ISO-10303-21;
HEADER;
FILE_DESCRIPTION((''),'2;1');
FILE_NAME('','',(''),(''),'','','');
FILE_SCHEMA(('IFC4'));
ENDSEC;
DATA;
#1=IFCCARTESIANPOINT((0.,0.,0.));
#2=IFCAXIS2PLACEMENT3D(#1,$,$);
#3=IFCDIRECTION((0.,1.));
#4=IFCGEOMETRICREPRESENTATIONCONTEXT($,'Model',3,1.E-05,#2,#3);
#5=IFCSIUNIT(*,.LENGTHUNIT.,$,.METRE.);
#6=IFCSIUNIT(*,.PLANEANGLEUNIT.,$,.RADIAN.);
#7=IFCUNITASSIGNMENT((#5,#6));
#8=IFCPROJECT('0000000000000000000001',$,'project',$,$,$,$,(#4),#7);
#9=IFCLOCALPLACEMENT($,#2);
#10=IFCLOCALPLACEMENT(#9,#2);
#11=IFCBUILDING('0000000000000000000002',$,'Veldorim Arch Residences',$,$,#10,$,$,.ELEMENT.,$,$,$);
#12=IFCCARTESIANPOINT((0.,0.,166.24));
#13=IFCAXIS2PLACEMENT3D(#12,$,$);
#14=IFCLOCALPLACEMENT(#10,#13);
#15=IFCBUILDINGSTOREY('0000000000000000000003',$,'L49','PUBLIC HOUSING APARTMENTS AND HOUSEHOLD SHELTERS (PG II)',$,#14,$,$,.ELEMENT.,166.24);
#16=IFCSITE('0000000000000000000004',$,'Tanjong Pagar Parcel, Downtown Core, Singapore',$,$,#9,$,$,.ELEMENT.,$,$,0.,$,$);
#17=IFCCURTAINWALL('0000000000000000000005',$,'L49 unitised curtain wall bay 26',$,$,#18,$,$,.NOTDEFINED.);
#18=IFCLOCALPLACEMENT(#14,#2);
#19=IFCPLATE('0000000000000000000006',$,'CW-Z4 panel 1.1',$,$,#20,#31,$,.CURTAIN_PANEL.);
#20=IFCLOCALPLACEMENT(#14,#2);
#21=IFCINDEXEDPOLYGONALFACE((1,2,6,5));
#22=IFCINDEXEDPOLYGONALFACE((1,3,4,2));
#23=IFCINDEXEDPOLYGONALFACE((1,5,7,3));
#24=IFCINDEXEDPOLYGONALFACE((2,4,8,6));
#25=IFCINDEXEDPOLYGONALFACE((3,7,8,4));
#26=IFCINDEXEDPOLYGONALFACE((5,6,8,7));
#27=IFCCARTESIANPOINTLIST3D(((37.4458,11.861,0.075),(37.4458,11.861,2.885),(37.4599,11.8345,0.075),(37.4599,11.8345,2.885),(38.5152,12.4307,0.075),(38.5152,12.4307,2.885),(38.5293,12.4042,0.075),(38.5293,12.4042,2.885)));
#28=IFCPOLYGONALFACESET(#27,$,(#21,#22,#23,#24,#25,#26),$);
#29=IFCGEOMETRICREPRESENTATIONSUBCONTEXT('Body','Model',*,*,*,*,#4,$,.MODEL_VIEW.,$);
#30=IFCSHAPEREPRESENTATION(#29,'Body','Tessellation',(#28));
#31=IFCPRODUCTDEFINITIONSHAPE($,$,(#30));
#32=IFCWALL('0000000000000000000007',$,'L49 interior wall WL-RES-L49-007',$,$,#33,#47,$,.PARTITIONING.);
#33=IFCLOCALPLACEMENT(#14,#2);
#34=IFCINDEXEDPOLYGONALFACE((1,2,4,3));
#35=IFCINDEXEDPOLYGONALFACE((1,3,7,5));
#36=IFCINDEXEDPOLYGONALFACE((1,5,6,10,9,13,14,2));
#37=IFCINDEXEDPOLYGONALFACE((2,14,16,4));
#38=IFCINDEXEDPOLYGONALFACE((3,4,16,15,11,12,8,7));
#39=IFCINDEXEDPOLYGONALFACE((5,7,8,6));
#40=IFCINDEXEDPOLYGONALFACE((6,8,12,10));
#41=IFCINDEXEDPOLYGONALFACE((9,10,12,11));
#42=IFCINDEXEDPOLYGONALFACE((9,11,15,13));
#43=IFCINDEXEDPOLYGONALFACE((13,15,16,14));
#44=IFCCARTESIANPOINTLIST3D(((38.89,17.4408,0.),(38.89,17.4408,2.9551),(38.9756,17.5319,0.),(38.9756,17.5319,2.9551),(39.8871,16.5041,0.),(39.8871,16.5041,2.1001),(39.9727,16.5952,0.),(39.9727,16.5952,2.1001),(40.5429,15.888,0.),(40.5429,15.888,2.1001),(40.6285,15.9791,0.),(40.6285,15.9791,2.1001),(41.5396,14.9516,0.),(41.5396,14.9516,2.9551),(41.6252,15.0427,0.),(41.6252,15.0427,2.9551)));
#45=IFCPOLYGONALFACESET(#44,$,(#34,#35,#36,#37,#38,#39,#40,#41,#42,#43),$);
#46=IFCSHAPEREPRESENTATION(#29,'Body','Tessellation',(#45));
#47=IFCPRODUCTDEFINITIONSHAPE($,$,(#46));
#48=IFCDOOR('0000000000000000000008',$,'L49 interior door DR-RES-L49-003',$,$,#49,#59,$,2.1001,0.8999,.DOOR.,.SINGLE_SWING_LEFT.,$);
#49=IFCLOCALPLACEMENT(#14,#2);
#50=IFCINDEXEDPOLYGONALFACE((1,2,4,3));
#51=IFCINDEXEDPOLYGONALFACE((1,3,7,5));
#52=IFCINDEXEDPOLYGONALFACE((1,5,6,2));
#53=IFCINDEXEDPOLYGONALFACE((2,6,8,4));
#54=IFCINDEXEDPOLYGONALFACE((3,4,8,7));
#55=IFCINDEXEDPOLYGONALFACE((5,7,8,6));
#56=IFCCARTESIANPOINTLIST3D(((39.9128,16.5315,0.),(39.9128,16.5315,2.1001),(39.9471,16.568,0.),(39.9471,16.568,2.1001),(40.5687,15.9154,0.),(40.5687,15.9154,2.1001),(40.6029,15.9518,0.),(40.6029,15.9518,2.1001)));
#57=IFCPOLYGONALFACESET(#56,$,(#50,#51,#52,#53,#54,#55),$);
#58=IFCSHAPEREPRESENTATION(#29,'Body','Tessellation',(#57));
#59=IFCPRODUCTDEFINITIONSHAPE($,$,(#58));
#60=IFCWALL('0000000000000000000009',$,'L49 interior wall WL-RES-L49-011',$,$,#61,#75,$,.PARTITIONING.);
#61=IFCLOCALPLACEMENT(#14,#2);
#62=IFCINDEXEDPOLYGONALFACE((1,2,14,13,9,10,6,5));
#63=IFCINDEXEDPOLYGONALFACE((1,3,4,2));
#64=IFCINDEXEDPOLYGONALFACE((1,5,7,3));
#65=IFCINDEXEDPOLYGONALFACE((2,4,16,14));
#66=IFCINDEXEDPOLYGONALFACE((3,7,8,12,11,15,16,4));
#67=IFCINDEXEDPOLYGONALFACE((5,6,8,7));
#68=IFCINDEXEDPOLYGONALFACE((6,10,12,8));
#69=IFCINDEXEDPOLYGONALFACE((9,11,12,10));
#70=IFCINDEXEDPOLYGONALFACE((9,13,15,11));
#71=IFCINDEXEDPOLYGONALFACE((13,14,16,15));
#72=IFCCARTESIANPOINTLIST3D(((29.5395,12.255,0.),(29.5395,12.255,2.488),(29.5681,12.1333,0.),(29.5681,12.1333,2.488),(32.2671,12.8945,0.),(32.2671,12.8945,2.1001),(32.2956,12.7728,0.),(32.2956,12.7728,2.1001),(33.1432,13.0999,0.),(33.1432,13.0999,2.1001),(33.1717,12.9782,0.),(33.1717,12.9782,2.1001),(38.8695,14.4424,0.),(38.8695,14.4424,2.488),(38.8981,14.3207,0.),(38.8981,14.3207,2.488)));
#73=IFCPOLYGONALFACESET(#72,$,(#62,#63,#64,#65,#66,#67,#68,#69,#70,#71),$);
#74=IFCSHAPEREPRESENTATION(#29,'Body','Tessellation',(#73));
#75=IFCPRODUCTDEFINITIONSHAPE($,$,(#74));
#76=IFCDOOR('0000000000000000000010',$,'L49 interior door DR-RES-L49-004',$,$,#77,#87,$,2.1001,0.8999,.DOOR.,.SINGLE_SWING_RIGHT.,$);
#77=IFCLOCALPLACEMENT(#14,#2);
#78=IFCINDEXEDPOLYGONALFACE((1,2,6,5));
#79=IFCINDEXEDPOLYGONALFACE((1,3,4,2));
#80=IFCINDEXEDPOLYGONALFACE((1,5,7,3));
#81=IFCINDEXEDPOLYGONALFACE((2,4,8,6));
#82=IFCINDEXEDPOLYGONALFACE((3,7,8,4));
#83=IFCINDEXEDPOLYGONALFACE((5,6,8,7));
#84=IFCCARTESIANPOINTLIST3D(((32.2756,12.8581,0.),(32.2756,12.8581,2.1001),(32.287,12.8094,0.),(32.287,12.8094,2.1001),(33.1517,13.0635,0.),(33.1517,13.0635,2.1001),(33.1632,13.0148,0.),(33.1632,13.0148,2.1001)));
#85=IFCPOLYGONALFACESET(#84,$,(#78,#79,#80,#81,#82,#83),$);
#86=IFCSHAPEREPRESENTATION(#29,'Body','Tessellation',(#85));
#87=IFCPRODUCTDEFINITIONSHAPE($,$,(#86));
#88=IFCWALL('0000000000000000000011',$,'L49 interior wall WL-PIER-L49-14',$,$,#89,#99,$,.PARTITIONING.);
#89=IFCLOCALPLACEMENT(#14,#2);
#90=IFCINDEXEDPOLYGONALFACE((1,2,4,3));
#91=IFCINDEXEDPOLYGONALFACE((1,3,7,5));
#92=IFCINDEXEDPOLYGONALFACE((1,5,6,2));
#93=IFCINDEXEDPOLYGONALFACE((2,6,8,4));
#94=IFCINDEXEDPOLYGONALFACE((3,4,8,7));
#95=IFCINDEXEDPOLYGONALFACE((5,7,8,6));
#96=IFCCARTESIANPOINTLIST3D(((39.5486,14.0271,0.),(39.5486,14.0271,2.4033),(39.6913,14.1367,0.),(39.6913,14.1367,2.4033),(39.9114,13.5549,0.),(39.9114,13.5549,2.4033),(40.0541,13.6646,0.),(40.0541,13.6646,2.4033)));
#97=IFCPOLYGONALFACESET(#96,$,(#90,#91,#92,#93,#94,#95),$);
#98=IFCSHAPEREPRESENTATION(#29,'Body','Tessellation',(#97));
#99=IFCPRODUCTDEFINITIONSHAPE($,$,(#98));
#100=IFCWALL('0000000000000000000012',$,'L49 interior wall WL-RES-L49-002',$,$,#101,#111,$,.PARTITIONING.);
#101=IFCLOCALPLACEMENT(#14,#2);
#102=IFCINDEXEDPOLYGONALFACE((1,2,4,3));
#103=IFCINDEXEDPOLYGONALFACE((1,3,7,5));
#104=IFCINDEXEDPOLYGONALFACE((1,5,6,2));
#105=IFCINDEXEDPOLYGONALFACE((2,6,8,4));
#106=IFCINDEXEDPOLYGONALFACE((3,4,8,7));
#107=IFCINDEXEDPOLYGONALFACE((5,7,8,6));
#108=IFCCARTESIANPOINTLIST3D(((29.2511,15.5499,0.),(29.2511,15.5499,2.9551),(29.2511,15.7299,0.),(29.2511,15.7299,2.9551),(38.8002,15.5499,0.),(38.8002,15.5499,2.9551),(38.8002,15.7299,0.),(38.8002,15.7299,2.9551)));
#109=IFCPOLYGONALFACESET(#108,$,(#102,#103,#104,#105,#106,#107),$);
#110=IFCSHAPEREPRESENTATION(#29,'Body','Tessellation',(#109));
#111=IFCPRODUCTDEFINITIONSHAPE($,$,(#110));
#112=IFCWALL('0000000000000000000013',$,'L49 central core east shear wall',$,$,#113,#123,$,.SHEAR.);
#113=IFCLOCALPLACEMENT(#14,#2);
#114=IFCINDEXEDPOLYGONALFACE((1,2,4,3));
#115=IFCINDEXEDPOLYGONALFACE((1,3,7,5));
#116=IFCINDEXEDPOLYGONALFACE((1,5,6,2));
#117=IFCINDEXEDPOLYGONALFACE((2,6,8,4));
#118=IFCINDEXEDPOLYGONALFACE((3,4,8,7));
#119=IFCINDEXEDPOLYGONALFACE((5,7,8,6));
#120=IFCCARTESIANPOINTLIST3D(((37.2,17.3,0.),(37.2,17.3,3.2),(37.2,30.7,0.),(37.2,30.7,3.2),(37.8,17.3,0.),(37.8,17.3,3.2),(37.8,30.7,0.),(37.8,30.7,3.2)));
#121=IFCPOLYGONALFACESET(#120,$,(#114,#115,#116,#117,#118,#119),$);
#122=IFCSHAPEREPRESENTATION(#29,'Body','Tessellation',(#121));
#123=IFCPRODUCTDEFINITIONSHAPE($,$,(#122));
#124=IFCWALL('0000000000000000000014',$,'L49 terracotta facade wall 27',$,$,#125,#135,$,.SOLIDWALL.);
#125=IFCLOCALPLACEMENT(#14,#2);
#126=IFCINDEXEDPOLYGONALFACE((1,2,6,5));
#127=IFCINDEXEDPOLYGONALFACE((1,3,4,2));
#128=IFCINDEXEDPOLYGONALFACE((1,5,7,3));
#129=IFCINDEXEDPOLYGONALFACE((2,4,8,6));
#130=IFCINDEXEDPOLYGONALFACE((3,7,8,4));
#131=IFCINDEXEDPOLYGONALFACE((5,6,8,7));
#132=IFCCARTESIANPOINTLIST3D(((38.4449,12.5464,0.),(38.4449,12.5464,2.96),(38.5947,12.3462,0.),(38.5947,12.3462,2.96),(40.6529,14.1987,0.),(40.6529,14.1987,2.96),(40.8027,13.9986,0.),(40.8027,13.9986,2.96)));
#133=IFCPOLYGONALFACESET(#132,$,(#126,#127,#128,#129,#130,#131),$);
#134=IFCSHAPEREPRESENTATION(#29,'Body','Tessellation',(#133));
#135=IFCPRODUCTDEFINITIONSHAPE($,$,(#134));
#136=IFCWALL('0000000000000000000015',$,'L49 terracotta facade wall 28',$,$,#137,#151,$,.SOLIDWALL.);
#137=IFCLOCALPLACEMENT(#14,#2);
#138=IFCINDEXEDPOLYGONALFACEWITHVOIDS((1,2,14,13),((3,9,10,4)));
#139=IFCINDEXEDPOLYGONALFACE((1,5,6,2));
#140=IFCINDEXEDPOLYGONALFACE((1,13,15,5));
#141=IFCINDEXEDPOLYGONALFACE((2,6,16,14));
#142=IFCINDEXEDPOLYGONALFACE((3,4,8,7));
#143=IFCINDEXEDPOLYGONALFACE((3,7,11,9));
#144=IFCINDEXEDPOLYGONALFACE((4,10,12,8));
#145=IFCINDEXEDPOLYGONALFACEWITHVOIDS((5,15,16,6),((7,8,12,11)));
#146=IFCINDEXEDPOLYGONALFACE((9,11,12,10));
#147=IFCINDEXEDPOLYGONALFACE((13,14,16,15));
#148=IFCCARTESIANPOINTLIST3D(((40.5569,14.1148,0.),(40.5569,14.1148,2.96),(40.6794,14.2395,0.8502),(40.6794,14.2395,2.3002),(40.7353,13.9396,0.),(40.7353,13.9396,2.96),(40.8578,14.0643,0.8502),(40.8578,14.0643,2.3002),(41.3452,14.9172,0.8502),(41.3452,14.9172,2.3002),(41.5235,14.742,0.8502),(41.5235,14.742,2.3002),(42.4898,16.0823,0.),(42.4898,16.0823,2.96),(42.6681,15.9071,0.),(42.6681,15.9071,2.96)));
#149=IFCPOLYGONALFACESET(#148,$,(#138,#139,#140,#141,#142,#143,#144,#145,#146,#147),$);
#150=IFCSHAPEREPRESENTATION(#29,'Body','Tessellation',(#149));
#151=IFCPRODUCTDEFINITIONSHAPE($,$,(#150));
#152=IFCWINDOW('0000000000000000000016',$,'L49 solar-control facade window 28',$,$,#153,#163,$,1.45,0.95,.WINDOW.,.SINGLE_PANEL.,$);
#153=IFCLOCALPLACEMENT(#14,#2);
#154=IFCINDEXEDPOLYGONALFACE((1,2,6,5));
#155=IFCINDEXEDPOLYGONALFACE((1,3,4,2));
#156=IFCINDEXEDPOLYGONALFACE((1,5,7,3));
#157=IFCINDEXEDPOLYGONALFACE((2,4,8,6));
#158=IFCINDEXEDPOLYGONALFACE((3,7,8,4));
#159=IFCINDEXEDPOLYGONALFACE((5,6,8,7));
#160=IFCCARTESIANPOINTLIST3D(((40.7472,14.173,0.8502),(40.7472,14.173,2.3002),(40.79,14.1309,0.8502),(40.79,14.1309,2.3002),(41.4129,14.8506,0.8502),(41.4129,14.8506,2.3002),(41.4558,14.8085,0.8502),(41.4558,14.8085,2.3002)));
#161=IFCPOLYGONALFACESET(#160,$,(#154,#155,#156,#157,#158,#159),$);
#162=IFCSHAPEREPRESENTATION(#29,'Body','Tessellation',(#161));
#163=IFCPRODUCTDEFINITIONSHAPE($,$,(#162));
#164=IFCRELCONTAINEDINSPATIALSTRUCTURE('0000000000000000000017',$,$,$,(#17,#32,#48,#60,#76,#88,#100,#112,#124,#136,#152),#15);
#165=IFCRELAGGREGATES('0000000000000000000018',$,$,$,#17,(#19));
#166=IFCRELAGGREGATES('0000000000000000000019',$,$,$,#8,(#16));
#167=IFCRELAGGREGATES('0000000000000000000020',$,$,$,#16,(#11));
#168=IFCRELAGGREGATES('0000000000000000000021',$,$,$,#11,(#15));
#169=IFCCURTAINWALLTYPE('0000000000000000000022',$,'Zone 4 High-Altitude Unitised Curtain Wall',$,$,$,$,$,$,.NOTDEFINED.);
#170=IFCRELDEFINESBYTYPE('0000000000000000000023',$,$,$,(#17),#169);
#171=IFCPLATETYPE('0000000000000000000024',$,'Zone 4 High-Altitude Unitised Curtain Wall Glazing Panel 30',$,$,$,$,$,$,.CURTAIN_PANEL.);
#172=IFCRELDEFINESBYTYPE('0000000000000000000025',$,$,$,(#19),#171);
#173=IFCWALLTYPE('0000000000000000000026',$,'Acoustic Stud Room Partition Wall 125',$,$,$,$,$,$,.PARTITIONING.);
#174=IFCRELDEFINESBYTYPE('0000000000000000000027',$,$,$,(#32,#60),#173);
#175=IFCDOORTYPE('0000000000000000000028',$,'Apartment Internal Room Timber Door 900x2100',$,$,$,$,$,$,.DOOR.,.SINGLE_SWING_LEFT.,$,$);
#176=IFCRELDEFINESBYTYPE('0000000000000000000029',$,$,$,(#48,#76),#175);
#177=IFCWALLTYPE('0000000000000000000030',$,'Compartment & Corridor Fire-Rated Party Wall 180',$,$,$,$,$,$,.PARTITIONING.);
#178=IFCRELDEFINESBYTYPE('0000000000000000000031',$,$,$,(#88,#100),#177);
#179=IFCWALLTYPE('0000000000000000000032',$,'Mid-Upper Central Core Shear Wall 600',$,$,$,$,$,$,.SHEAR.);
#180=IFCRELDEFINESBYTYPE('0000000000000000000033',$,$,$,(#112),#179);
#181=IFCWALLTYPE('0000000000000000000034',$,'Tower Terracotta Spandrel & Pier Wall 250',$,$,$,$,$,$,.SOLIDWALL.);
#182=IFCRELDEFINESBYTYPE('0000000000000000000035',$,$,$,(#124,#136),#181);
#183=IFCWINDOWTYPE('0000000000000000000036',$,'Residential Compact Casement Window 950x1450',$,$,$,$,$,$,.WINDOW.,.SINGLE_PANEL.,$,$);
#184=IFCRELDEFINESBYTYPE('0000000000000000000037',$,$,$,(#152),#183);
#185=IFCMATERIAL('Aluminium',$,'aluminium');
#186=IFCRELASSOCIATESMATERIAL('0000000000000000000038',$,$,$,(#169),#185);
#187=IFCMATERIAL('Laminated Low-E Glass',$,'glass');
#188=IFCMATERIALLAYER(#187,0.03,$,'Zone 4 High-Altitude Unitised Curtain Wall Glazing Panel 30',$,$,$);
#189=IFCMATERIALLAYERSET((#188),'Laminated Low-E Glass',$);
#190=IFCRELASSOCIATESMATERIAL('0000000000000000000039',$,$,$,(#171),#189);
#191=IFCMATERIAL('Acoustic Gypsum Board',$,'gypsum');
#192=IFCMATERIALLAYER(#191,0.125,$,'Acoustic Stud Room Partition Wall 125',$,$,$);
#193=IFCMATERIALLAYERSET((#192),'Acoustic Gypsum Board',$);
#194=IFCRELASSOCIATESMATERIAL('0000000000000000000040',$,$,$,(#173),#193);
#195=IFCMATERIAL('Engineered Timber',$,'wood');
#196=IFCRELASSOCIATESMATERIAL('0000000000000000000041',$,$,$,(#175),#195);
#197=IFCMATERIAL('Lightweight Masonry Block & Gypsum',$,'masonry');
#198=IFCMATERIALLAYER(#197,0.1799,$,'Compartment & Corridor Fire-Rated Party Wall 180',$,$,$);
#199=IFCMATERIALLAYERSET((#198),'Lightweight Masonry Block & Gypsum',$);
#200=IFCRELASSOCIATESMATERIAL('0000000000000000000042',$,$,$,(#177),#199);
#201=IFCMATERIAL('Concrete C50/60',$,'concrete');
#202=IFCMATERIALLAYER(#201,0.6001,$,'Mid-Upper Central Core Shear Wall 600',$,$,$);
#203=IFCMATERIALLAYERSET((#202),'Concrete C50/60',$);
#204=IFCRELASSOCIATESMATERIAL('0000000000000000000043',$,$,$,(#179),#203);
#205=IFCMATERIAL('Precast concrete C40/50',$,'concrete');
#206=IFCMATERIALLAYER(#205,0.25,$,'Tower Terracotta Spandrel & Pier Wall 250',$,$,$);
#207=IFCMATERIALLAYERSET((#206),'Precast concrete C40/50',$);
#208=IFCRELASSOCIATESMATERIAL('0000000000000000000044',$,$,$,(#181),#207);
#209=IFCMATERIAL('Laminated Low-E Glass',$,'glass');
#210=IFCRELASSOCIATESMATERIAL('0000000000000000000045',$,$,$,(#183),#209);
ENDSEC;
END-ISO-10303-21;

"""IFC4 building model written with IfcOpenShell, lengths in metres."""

from ifc_helpers import new_model, si_unit, direction, frame, frame_2d, origin, origin_2d, place, context, subcontext, project, spatial, rectangle, extrude, material, layer, layer_set, type_object, element, fill, aggregate, save


model = new_model("IFC4")

# Units and contexts
model_context = context("Model", 3, precision=1e-05, world=origin(), true_north=direction((0.0, 1.0)))
body_context = subcontext(model_context, "Body", "Model", "MODEL_VIEW")
ifc_project = project(units=[si_unit("LENGTHUNIT", "METRE"), si_unit("PLANEANGLEUNIT", "RADIAN")], contexts=[model_context])

# Site, building, storey
site_placement = place(None, origin())
site = spatial("IfcSite", under=ifc_project, at=site_placement, Name="Tanjong Pagar Parcel, Downtown Core, Singapore", CompositionType="ELEMENT", RefElevation=0.0)
building_placement = place(site_placement, origin())
building = spatial("IfcBuilding", under=site, at=building_placement, Name="Veldorim Arch Residences", CompositionType="ELEMENT")
storey_placement = place(building_placement, frame((0.0, 0.0, 166.24)))
storey = spatial("IfcBuildingStorey", under=building, at=storey_placement, Name="L49", Description="PUBLIC HOUSING APARTMENTS AND HOUSEHOLD SHELTERS (PG II)", CompositionType="ELEMENT", Elevation=166.24)

# Curtain wall, plate
ifc_material_1 = material(Name="Aluminium", Category="aluminium")
curtain_wall_type = type_object("IfcCurtainWallType", Name="Zone 4 High-Altitude Unitised Curtain Wall", PredefinedType="NOTDEFINED", material=ifc_material_1)
curtain_wall_placement = place(storey_placement, origin())
curtain_wall = element("IfcCurtainWall", 1, at=curtain_wall_placement, inside=storey, type_object=curtain_wall_type, Name="L49 unitised curtain wall bay 26", PredefinedType="NOTDEFINED")
ifc_material_2 = material(Name="Laminated Low-E Glass", Category="glass")
ifc_layer_1 = layer(ifc_material_2, 0.03, Name="Zone 4 High-Altitude Unitised Curtain Wall Glazing Panel 30")
ifc_layer_set_1 = layer_set([ifc_layer_1], Name="Laminated Low-E Glass")
plate_type = type_object("IfcPlateType", Name="Zone 4 High-Altitude Unitised Curtain Wall Glazing Panel 30", PredefinedType="CURTAIN_PANEL", material=ifc_layer_set_1)
plate_placement = place(storey_placement, frame((37.9875, 12.1326, 0.075), z_axis=(0.0, 0.0, 1.0), x_axis=(-0.882567, -0.470186, 0.0)))
plate = element("IfcPlate", 2, at=plate_placement, type_object=plate_type, Name="CW-Z4 panel 1.1", PredefinedType="CURTAIN_PANEL", context=body_context, shape_type="SweptSolid", body=[
    extrude(rectangle(XDim=1.2117, YDim=0.03, at=origin_2d()), origin(), (0.0, 0.0, 1.0), 2.8101),
])
aggregate(curtain_wall, [plate])

# Walls, openings, doors
ifc_material_3 = material(Name="Acoustic Gypsum Board", Category="gypsum")
ifc_layer_2 = layer(ifc_material_3, 0.125, Name="Acoustic Stud Room Partition Wall 125")
ifc_layer_set_2 = layer_set([ifc_layer_2], Name="Acoustic Gypsum Board")
wall_type_1 = type_object("IfcWallType", Name="Acoustic Stud Room Partition Wall 125", PredefinedType="PARTITIONING", material=ifc_layer_set_2)
wall_1_placement = place(storey_placement, frame((41.5825, 14.9971, 0.0), z_axis=(0.0, 0.0, 1.0), x_axis=(-0.728823, 0.684702, 0.0)))
wall_1 = element("IfcWall", 3, at=wall_1_placement, inside=storey, type_object=wall_type_1, Name="L49 interior wall WL-RES-L49-007", PredefinedType="PARTITIONING", context=body_context, shape_type="SweptSolid", body=[
    extrude(rectangle(XDim=3.6355, YDim=0.125, at=frame_2d((1.8179, 0.0))), origin(), (0.0, 0.0, 1.0), 2.9551),
])
opening_1_placement = place(wall_1_placement, frame((1.3677, 0.0, 0.0)))
opening_1 = element("IfcOpeningElement", 4, at=opening_1_placement, cuts=wall_1, PredefinedType="OPENING", context=body_context, shape_type="SweptSolid", body=[
    extrude(rectangle(XDim=0.8999, YDim=2.1001, at=frame_2d((0.45, 1.05))), frame((0.0, 0.0725, 0.0), z_axis=(0.0, -1.0, 0.0), x_axis=(1.0, 0.0, 0.0)), (0.0, 0.0, 1.0), 0.145),
])
ifc_material_4 = material(Name="Engineered Timber", Category="wood")
door_type = type_object("IfcDoorType", Name="Apartment Internal Room Timber Door 900x2100", OperationType="SINGLE_SWING_LEFT", PredefinedType="DOOR", material=ifc_material_4)
door_1_placement = place(opening_1_placement, origin())
door_1 = element("IfcDoor", 5, at=door_1_placement, inside=storey, type_object=door_type, Name="L49 interior door DR-RES-L49-003", OperationType="SINGLE_SWING_LEFT", OverallHeight=2.1001, OverallWidth=0.8999, PredefinedType="DOOR", context=body_context, shape_type="SweptSolid", body=[
    extrude(rectangle(XDim=0.8999, YDim=2.1001, at=frame_2d((0.45, 1.05))), frame((0.0, 0.0249, 0.0), z_axis=(0.0, -1.0, 0.0), x_axis=(1.0, 0.0, 0.0)), (0.0, 0.0, 1.0), 0.05),
])
fill(opening_1, door_1)
wall_2_placement = place(storey_placement, frame((38.8838, 14.3816, 0.0), z_axis=(0.0, 0.0, 1.0), x_axis=(-0.973599, -0.228267, 0.0)))
wall_2 = element("IfcWall", 6, at=wall_2_placement, inside=storey, type_object=wall_type_1, Name="L49 interior wall WL-RES-L49-011", PredefinedType="PARTITIONING", context=body_context, shape_type="SweptSolid", body=[
    extrude(rectangle(XDim=9.583, YDim=0.125, at=frame_2d((4.7915, 0.0))), origin(), (0.0, 0.0, 1.0), 2.488),
])
opening_2_placement = place(wall_2_placement, frame((5.8816, 0.0, 0.0)))
opening_2 = element("IfcOpeningElement", 7, at=opening_2_placement, cuts=wall_2, PredefinedType="OPENING", context=body_context, shape_type="SweptSolid", body=[
    extrude(rectangle(XDim=0.8999, YDim=2.1001, at=frame_2d((0.45, 1.05))), frame((0.0, 0.0725, 0.0), z_axis=(0.0, -1.0, 0.0), x_axis=(1.0, 0.0, 0.0)), (0.0, 0.0, 1.0), 0.145),
])
door_2_placement = place(opening_2_placement, origin())
door_2 = element("IfcDoor", 8, at=door_2_placement, inside=storey, type_object=door_type, Name="L49 interior door DR-RES-L49-004", OperationType="SINGLE_SWING_RIGHT", OverallHeight=2.1001, OverallWidth=0.8999, PredefinedType="DOOR", context=body_context, shape_type="SweptSolid", body=[
    extrude(rectangle(XDim=0.8999, YDim=2.1001, at=frame_2d((0.45, 1.05))), frame((0.0, 0.0249, 0.0), z_axis=(0.0, -1.0, 0.0), x_axis=(1.0, 0.0, 0.0)), (0.0, 0.0, 1.0), 0.05),
])
fill(opening_2, door_2)

# Walls
ifc_material_5 = material(Name="Lightweight Masonry Block & Gypsum", Category="masonry")
ifc_layer_3 = layer(ifc_material_5, 0.1799, Name="Compartment & Corridor Fire-Rated Party Wall 180")
ifc_layer_set_3 = layer_set([ifc_layer_3], Name="Lightweight Masonry Block & Gypsum")
wall_type_2 = type_object("IfcWallType", Name="Compartment & Corridor Fire-Rated Party Wall 180", PredefinedType="PARTITIONING", material=ifc_layer_set_3)
wall_3_placement = place(storey_placement, frame((39.6199, 14.082, 0.0), z_axis=(0.0, 0.0, 1.0), x_axis=(0.609275, -0.792959, 0.0)))
element("IfcWall", 9, at=wall_3_placement, inside=storey, type_object=wall_type_2, Name="L49 interior wall WL-PIER-L49-14", PredefinedType="PARTITIONING", context=body_context, shape_type="SweptSolid", body=[
    extrude(rectangle(XDim=0.5955, YDim=0.1799, at=frame_2d((0.2979, 0.0))), origin(), (0.0, 0.0, 1.0), 2.4033),
])
wall_4_placement = place(storey_placement, frame((38.8, 15.6399, 0.0), z_axis=(0.0, 0.0, 1.0), x_axis=(-1.0, 0.0, 0.0)))
element("IfcWall", 10, at=wall_4_placement, inside=storey, type_object=wall_type_2, Name="L49 interior wall WL-RES-L49-002", PredefinedType="PARTITIONING", context=body_context, shape_type="SweptSolid", body=[
    extrude(rectangle(XDim=9.5491, YDim=0.1799, at=frame_2d((4.7744, 0.0))), origin(), (0.0, 0.0, 1.0), 2.9551),
])
ifc_material_6 = material(Name="Concrete C50/60", Category="concrete")
ifc_layer_4 = layer(ifc_material_6, 0.6001, Name="Mid-Upper Central Core Shear Wall 600")
ifc_layer_set_4 = layer_set([ifc_layer_4], Name="Concrete C50/60")
wall_type_3 = type_object("IfcWallType", Name="Mid-Upper Central Core Shear Wall 600", PredefinedType="SHEAR", material=ifc_layer_set_4)
wall_5_placement = place(storey_placement, frame((37.5, 17.3, 0.0), z_axis=(0.0, 0.0, 1.0), x_axis=(0.0, 1.0, 0.0)))
element("IfcWall", 11, at=wall_5_placement, inside=storey, type_object=wall_type_3, Name="L49 central core east shear wall", PredefinedType="SHEAR", context=body_context, shape_type="SweptSolid", body=[
    extrude(rectangle(XDim=13.3999, YDim=0.6001, at=frame_2d((6.7, 0.0))), origin(), (0.0, 0.0, 1.0), 3.2),
])
ifc_material_7 = material(Name="Precast concrete C40/50", Category="concrete")
ifc_layer_5 = layer(ifc_material_7, 0.25, Name="Tower Terracotta Spandrel & Pier Wall 250")
ifc_layer_set_5 = layer_set([ifc_layer_5], Name="Precast concrete C40/50")
wall_type_4 = type_object("IfcWallType", Name="Tower Terracotta Spandrel & Pier Wall 250", PredefinedType="SOLIDWALL", material=ifc_layer_set_5)
wall_6_placement = place(storey_placement, frame((40.7278, 14.0986, 0.0), z_axis=(0.0, 0.0, 1.0), x_axis=(-0.800637, -0.59915, 0.0)))
element("IfcWall", 12, at=wall_6_placement, inside=storey, type_object=wall_type_4, Name="L49 terracotta facade wall 27", PredefinedType="SOLIDWALL", context=body_context, shape_type="SweptSolid", body=[
    extrude(rectangle(XDim=2.7578, YDim=0.25, at=frame_2d((1.3789, 0.0))), origin(), (0.0, 0.0, 1.0), 2.96),
])

# Wall, opening, window
wall_7_placement = place(storey_placement, frame((42.5789, 15.9946, 0.0), z_axis=(0.0, 0.0, 1.0), x_axis=(-0.700794, -0.713364, 0.0)))
wall_7 = element("IfcWall", 13, at=wall_7_placement, inside=storey, type_object=wall_type_4, Name="L49 terracotta facade wall 28", PredefinedType="SOLIDWALL", context=body_context, shape_type="SweptSolid", body=[
    extrude(rectangle(XDim=2.7581, YDim=0.25, at=frame_2d((1.3789, 0.0))), origin(), (0.0, 0.0, 1.0), 2.96),
])
opening_3_placement = place(wall_7_placement, frame((1.6331, 0.0, 0.8501)))
opening_3 = element("IfcOpeningElement", 14, at=opening_3_placement, cuts=wall_7, PredefinedType="OPENING", context=body_context, shape_type="SweptSolid", body=[
    extrude(rectangle(XDim=0.95, YDim=1.45, at=frame_2d((0.4751, 0.7251))), frame((0.0, 0.135, 0.0), z_axis=(0.0, -1.0, 0.0), x_axis=(1.0, 0.0, 0.0)), (0.0, 0.0, 1.0), 0.27),
])
ifc_material_8 = material(Name="Laminated Low-E Glass", Category="glass")
window_type = type_object("IfcWindowType", Name="Residential Compact Casement Window 950x1450", PartitioningType="SINGLE_PANEL", PredefinedType="WINDOW", material=ifc_material_8)
window_placement = place(opening_3_placement, origin())
window = element("IfcWindow", 15, at=window_placement, inside=storey, type_object=window_type, Name="L49 solar-control facade window 28", OverallHeight=1.45, OverallWidth=0.95, PartitioningType="SINGLE_PANEL", PredefinedType="WINDOW", context=body_context, shape_type="SweptSolid", body=[
    extrude(rectangle(XDim=0.95, YDim=1.45, at=frame_2d((0.4751, 0.7251))), frame((0.0, 0.03, 0.0), z_axis=(0.0, -1.0, 0.0), x_axis=(1.0, 0.0, 0.0)), (0.0, 0.0, 1.0), 0.0601),
])
fill(opening_3, window)

save(model, "model.ifc")
